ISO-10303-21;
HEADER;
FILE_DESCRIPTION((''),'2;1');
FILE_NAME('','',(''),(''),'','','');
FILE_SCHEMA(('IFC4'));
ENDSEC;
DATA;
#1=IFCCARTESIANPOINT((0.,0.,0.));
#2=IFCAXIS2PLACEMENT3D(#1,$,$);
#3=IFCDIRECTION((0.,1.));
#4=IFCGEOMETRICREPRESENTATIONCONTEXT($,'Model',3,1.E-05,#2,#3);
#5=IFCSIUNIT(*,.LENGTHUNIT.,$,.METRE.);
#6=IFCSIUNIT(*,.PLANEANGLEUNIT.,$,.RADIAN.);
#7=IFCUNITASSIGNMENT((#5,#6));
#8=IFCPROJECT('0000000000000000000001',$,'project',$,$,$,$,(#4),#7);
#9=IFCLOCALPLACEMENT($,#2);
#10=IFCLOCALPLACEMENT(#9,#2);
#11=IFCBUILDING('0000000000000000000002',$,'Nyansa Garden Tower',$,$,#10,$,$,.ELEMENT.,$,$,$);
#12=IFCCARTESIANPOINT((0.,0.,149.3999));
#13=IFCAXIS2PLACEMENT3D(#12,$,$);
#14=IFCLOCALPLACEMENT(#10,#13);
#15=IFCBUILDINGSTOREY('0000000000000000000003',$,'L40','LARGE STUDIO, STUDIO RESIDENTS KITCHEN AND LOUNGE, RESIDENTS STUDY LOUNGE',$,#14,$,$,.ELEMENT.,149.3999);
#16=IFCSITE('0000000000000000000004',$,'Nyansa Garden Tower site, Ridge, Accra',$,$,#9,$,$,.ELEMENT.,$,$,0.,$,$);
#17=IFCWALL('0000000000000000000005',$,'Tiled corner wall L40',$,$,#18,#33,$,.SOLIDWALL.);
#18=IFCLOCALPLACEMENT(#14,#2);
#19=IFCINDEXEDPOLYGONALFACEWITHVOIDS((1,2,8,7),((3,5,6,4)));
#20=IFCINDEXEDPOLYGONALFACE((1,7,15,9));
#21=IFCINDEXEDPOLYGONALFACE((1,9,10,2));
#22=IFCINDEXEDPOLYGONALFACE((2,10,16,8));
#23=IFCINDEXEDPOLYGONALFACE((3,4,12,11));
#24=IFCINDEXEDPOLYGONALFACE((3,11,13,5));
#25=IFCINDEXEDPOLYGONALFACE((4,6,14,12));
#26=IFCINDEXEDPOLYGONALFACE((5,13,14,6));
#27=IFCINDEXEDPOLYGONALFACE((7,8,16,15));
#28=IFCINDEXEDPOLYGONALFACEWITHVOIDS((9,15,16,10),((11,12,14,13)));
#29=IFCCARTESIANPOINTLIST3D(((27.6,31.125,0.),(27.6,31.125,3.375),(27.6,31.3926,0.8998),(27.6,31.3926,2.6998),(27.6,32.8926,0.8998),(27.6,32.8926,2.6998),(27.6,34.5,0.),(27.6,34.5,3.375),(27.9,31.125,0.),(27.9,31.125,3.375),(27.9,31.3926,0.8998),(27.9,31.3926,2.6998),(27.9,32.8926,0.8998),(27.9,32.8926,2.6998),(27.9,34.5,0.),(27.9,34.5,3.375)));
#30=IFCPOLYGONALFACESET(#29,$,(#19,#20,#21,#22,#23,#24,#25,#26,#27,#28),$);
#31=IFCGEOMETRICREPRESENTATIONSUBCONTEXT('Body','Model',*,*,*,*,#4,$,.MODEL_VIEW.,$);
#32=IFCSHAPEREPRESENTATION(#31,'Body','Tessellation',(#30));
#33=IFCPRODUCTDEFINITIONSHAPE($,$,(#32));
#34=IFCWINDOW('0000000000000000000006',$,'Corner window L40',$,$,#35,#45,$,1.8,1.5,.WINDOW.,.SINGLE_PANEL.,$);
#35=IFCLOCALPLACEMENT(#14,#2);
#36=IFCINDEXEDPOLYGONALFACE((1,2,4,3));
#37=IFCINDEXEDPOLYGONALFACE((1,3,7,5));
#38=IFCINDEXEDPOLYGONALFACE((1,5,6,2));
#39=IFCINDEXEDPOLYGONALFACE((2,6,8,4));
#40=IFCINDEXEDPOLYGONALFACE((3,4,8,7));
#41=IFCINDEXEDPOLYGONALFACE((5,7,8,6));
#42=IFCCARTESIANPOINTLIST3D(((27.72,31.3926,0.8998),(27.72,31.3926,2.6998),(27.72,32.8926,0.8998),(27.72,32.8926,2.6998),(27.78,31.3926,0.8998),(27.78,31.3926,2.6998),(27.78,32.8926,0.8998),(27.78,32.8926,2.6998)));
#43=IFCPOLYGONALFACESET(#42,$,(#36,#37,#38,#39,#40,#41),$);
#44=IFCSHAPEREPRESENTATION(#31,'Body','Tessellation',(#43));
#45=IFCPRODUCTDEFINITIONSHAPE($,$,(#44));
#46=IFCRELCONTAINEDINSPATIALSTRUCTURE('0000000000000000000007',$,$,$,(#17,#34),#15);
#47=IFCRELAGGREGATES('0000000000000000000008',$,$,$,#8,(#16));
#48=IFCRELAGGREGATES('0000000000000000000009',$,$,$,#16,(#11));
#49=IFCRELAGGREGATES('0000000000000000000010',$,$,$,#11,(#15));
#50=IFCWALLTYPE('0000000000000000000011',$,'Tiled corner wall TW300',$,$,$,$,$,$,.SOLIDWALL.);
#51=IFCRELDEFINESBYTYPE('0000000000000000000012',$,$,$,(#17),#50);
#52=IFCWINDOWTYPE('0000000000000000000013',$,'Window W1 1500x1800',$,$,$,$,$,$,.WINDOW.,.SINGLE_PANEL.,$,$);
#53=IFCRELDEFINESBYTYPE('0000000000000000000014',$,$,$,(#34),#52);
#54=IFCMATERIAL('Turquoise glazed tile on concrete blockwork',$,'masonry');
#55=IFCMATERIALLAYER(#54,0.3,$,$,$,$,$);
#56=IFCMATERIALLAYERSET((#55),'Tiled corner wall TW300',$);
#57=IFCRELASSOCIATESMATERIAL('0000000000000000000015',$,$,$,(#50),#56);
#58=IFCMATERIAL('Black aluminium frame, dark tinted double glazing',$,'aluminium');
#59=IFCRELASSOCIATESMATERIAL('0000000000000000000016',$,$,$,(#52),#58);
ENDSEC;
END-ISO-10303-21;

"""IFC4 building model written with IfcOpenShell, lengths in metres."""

from ifc_helpers import new_model, si_unit, direction, frame, frame_2d, origin, place, context, subcontext, project, spatial, rectangle, extrude, material, layer, layer_set, type_object, element, fill, save


model = new_model("IFC4")

# Units and contexts
model_context = context("Model", 3, precision=1e-05, world=origin(), true_north=direction((0.0, 1.0)))
body_context = subcontext(model_context, "Body", "Model", "MODEL_VIEW")
ifc_project = project(units=[si_unit("LENGTHUNIT", "METRE"), si_unit("PLANEANGLEUNIT", "RADIAN")], contexts=[model_context])

# Site, building, storey
site_placement = place(None, origin())
site = spatial("IfcSite", under=ifc_project, at=site_placement, Name="Nyansa Garden Tower site, Ridge, Accra", CompositionType="ELEMENT", RefElevation=0.0)
building_placement = place(site_placement, origin())
building = spatial("IfcBuilding", under=site, at=building_placement, Name="Nyansa Garden Tower", CompositionType="ELEMENT")
storey_placement = place(building_placement, frame((0.0, 0.0, 149.3999)))
storey = spatial("IfcBuildingStorey", under=building, at=storey_placement, Name="L40", Description="LARGE STUDIO, STUDIO RESIDENTS KITCHEN AND LOUNGE, RESIDENTS STUDY LOUNGE", CompositionType="ELEMENT", Elevation=149.3999)

# Wall, opening, window
ifc_material_1 = material(Name="Turquoise glazed tile on concrete blockwork", Category="masonry")
ifc_layer_1 = layer(ifc_material_1, 0.3)
ifc_layer_set_1 = layer_set([ifc_layer_1], Name="Tiled corner wall TW300")
wall_type_1 = type_object("IfcWallType", Name="Tiled corner wall TW300", PredefinedType="SOLIDWALL", material=ifc_layer_set_1)
ifc_material_2 = material(Name="Black aluminium frame, dark tinted double glazing", Category="aluminium")
window_type_1 = type_object("IfcWindowType", Name="Window W1 1500x1800", PartitioningType="SINGLE_PANEL", PredefinedType="WINDOW", material=ifc_material_2)
wall_1_placement = place(storey_placement, frame((27.75, 31.125, 0.0), z_axis=(0.0, 0.0, 1.0), x_axis=(0.0, 1.0, 0.0)))
wall_1 = element("IfcWall", 1, at=wall_1_placement, inside=storey, type_object=wall_type_1, Name="Tiled corner wall L40", PredefinedType="SOLIDWALL", context=body_context, shape_type="SweptSolid", body=[
    extrude(rectangle(XDim=3.375, YDim=0.3, at=frame_2d((1.6875, 0.0))), origin(), (0.0, 0.0, 1.0), 3.375),
])
opening_1_placement = place(wall_1_placement, frame((0.2676, 0.0, 0.8999)))
opening_1 = element("IfcOpeningElement", 2, at=opening_1_placement, cuts=wall_1, PredefinedType="OPENING", context=body_context, shape_type="SweptSolid", body=[
    extrude(rectangle(XDim=1.5, YDim=1.8, at=frame_2d((0.75, 0.8999))), frame((0.0, 0.1599, 0.0), z_axis=(0.0, -1.0, 0.0), x_axis=(1.0, 0.0, 0.0)), (0.0, 0.0, 1.0), 0.3201),
])
window_1_placement = place(opening_1_placement, origin())
window_1 = element("IfcWindow", 3, at=window_1_placement, inside=storey, type_object=window_type_1, Name="Corner window L40", OverallHeight=1.8, OverallWidth=1.5, PartitioningType="SINGLE_PANEL", PredefinedType="WINDOW", context=body_context, shape_type="SweptSolid", body=[
    extrude(rectangle(XDim=1.5, YDim=1.8, at=frame_2d((0.75, 0.8999))), frame((0.0, 0.03, 0.0), z_axis=(0.0, -1.0, 0.0), x_axis=(1.0, 0.0, 0.0)), (0.0, 0.0, 1.0), 0.0601),
])
fill(opening_1, window_1)

save(model, "model.ifc")
